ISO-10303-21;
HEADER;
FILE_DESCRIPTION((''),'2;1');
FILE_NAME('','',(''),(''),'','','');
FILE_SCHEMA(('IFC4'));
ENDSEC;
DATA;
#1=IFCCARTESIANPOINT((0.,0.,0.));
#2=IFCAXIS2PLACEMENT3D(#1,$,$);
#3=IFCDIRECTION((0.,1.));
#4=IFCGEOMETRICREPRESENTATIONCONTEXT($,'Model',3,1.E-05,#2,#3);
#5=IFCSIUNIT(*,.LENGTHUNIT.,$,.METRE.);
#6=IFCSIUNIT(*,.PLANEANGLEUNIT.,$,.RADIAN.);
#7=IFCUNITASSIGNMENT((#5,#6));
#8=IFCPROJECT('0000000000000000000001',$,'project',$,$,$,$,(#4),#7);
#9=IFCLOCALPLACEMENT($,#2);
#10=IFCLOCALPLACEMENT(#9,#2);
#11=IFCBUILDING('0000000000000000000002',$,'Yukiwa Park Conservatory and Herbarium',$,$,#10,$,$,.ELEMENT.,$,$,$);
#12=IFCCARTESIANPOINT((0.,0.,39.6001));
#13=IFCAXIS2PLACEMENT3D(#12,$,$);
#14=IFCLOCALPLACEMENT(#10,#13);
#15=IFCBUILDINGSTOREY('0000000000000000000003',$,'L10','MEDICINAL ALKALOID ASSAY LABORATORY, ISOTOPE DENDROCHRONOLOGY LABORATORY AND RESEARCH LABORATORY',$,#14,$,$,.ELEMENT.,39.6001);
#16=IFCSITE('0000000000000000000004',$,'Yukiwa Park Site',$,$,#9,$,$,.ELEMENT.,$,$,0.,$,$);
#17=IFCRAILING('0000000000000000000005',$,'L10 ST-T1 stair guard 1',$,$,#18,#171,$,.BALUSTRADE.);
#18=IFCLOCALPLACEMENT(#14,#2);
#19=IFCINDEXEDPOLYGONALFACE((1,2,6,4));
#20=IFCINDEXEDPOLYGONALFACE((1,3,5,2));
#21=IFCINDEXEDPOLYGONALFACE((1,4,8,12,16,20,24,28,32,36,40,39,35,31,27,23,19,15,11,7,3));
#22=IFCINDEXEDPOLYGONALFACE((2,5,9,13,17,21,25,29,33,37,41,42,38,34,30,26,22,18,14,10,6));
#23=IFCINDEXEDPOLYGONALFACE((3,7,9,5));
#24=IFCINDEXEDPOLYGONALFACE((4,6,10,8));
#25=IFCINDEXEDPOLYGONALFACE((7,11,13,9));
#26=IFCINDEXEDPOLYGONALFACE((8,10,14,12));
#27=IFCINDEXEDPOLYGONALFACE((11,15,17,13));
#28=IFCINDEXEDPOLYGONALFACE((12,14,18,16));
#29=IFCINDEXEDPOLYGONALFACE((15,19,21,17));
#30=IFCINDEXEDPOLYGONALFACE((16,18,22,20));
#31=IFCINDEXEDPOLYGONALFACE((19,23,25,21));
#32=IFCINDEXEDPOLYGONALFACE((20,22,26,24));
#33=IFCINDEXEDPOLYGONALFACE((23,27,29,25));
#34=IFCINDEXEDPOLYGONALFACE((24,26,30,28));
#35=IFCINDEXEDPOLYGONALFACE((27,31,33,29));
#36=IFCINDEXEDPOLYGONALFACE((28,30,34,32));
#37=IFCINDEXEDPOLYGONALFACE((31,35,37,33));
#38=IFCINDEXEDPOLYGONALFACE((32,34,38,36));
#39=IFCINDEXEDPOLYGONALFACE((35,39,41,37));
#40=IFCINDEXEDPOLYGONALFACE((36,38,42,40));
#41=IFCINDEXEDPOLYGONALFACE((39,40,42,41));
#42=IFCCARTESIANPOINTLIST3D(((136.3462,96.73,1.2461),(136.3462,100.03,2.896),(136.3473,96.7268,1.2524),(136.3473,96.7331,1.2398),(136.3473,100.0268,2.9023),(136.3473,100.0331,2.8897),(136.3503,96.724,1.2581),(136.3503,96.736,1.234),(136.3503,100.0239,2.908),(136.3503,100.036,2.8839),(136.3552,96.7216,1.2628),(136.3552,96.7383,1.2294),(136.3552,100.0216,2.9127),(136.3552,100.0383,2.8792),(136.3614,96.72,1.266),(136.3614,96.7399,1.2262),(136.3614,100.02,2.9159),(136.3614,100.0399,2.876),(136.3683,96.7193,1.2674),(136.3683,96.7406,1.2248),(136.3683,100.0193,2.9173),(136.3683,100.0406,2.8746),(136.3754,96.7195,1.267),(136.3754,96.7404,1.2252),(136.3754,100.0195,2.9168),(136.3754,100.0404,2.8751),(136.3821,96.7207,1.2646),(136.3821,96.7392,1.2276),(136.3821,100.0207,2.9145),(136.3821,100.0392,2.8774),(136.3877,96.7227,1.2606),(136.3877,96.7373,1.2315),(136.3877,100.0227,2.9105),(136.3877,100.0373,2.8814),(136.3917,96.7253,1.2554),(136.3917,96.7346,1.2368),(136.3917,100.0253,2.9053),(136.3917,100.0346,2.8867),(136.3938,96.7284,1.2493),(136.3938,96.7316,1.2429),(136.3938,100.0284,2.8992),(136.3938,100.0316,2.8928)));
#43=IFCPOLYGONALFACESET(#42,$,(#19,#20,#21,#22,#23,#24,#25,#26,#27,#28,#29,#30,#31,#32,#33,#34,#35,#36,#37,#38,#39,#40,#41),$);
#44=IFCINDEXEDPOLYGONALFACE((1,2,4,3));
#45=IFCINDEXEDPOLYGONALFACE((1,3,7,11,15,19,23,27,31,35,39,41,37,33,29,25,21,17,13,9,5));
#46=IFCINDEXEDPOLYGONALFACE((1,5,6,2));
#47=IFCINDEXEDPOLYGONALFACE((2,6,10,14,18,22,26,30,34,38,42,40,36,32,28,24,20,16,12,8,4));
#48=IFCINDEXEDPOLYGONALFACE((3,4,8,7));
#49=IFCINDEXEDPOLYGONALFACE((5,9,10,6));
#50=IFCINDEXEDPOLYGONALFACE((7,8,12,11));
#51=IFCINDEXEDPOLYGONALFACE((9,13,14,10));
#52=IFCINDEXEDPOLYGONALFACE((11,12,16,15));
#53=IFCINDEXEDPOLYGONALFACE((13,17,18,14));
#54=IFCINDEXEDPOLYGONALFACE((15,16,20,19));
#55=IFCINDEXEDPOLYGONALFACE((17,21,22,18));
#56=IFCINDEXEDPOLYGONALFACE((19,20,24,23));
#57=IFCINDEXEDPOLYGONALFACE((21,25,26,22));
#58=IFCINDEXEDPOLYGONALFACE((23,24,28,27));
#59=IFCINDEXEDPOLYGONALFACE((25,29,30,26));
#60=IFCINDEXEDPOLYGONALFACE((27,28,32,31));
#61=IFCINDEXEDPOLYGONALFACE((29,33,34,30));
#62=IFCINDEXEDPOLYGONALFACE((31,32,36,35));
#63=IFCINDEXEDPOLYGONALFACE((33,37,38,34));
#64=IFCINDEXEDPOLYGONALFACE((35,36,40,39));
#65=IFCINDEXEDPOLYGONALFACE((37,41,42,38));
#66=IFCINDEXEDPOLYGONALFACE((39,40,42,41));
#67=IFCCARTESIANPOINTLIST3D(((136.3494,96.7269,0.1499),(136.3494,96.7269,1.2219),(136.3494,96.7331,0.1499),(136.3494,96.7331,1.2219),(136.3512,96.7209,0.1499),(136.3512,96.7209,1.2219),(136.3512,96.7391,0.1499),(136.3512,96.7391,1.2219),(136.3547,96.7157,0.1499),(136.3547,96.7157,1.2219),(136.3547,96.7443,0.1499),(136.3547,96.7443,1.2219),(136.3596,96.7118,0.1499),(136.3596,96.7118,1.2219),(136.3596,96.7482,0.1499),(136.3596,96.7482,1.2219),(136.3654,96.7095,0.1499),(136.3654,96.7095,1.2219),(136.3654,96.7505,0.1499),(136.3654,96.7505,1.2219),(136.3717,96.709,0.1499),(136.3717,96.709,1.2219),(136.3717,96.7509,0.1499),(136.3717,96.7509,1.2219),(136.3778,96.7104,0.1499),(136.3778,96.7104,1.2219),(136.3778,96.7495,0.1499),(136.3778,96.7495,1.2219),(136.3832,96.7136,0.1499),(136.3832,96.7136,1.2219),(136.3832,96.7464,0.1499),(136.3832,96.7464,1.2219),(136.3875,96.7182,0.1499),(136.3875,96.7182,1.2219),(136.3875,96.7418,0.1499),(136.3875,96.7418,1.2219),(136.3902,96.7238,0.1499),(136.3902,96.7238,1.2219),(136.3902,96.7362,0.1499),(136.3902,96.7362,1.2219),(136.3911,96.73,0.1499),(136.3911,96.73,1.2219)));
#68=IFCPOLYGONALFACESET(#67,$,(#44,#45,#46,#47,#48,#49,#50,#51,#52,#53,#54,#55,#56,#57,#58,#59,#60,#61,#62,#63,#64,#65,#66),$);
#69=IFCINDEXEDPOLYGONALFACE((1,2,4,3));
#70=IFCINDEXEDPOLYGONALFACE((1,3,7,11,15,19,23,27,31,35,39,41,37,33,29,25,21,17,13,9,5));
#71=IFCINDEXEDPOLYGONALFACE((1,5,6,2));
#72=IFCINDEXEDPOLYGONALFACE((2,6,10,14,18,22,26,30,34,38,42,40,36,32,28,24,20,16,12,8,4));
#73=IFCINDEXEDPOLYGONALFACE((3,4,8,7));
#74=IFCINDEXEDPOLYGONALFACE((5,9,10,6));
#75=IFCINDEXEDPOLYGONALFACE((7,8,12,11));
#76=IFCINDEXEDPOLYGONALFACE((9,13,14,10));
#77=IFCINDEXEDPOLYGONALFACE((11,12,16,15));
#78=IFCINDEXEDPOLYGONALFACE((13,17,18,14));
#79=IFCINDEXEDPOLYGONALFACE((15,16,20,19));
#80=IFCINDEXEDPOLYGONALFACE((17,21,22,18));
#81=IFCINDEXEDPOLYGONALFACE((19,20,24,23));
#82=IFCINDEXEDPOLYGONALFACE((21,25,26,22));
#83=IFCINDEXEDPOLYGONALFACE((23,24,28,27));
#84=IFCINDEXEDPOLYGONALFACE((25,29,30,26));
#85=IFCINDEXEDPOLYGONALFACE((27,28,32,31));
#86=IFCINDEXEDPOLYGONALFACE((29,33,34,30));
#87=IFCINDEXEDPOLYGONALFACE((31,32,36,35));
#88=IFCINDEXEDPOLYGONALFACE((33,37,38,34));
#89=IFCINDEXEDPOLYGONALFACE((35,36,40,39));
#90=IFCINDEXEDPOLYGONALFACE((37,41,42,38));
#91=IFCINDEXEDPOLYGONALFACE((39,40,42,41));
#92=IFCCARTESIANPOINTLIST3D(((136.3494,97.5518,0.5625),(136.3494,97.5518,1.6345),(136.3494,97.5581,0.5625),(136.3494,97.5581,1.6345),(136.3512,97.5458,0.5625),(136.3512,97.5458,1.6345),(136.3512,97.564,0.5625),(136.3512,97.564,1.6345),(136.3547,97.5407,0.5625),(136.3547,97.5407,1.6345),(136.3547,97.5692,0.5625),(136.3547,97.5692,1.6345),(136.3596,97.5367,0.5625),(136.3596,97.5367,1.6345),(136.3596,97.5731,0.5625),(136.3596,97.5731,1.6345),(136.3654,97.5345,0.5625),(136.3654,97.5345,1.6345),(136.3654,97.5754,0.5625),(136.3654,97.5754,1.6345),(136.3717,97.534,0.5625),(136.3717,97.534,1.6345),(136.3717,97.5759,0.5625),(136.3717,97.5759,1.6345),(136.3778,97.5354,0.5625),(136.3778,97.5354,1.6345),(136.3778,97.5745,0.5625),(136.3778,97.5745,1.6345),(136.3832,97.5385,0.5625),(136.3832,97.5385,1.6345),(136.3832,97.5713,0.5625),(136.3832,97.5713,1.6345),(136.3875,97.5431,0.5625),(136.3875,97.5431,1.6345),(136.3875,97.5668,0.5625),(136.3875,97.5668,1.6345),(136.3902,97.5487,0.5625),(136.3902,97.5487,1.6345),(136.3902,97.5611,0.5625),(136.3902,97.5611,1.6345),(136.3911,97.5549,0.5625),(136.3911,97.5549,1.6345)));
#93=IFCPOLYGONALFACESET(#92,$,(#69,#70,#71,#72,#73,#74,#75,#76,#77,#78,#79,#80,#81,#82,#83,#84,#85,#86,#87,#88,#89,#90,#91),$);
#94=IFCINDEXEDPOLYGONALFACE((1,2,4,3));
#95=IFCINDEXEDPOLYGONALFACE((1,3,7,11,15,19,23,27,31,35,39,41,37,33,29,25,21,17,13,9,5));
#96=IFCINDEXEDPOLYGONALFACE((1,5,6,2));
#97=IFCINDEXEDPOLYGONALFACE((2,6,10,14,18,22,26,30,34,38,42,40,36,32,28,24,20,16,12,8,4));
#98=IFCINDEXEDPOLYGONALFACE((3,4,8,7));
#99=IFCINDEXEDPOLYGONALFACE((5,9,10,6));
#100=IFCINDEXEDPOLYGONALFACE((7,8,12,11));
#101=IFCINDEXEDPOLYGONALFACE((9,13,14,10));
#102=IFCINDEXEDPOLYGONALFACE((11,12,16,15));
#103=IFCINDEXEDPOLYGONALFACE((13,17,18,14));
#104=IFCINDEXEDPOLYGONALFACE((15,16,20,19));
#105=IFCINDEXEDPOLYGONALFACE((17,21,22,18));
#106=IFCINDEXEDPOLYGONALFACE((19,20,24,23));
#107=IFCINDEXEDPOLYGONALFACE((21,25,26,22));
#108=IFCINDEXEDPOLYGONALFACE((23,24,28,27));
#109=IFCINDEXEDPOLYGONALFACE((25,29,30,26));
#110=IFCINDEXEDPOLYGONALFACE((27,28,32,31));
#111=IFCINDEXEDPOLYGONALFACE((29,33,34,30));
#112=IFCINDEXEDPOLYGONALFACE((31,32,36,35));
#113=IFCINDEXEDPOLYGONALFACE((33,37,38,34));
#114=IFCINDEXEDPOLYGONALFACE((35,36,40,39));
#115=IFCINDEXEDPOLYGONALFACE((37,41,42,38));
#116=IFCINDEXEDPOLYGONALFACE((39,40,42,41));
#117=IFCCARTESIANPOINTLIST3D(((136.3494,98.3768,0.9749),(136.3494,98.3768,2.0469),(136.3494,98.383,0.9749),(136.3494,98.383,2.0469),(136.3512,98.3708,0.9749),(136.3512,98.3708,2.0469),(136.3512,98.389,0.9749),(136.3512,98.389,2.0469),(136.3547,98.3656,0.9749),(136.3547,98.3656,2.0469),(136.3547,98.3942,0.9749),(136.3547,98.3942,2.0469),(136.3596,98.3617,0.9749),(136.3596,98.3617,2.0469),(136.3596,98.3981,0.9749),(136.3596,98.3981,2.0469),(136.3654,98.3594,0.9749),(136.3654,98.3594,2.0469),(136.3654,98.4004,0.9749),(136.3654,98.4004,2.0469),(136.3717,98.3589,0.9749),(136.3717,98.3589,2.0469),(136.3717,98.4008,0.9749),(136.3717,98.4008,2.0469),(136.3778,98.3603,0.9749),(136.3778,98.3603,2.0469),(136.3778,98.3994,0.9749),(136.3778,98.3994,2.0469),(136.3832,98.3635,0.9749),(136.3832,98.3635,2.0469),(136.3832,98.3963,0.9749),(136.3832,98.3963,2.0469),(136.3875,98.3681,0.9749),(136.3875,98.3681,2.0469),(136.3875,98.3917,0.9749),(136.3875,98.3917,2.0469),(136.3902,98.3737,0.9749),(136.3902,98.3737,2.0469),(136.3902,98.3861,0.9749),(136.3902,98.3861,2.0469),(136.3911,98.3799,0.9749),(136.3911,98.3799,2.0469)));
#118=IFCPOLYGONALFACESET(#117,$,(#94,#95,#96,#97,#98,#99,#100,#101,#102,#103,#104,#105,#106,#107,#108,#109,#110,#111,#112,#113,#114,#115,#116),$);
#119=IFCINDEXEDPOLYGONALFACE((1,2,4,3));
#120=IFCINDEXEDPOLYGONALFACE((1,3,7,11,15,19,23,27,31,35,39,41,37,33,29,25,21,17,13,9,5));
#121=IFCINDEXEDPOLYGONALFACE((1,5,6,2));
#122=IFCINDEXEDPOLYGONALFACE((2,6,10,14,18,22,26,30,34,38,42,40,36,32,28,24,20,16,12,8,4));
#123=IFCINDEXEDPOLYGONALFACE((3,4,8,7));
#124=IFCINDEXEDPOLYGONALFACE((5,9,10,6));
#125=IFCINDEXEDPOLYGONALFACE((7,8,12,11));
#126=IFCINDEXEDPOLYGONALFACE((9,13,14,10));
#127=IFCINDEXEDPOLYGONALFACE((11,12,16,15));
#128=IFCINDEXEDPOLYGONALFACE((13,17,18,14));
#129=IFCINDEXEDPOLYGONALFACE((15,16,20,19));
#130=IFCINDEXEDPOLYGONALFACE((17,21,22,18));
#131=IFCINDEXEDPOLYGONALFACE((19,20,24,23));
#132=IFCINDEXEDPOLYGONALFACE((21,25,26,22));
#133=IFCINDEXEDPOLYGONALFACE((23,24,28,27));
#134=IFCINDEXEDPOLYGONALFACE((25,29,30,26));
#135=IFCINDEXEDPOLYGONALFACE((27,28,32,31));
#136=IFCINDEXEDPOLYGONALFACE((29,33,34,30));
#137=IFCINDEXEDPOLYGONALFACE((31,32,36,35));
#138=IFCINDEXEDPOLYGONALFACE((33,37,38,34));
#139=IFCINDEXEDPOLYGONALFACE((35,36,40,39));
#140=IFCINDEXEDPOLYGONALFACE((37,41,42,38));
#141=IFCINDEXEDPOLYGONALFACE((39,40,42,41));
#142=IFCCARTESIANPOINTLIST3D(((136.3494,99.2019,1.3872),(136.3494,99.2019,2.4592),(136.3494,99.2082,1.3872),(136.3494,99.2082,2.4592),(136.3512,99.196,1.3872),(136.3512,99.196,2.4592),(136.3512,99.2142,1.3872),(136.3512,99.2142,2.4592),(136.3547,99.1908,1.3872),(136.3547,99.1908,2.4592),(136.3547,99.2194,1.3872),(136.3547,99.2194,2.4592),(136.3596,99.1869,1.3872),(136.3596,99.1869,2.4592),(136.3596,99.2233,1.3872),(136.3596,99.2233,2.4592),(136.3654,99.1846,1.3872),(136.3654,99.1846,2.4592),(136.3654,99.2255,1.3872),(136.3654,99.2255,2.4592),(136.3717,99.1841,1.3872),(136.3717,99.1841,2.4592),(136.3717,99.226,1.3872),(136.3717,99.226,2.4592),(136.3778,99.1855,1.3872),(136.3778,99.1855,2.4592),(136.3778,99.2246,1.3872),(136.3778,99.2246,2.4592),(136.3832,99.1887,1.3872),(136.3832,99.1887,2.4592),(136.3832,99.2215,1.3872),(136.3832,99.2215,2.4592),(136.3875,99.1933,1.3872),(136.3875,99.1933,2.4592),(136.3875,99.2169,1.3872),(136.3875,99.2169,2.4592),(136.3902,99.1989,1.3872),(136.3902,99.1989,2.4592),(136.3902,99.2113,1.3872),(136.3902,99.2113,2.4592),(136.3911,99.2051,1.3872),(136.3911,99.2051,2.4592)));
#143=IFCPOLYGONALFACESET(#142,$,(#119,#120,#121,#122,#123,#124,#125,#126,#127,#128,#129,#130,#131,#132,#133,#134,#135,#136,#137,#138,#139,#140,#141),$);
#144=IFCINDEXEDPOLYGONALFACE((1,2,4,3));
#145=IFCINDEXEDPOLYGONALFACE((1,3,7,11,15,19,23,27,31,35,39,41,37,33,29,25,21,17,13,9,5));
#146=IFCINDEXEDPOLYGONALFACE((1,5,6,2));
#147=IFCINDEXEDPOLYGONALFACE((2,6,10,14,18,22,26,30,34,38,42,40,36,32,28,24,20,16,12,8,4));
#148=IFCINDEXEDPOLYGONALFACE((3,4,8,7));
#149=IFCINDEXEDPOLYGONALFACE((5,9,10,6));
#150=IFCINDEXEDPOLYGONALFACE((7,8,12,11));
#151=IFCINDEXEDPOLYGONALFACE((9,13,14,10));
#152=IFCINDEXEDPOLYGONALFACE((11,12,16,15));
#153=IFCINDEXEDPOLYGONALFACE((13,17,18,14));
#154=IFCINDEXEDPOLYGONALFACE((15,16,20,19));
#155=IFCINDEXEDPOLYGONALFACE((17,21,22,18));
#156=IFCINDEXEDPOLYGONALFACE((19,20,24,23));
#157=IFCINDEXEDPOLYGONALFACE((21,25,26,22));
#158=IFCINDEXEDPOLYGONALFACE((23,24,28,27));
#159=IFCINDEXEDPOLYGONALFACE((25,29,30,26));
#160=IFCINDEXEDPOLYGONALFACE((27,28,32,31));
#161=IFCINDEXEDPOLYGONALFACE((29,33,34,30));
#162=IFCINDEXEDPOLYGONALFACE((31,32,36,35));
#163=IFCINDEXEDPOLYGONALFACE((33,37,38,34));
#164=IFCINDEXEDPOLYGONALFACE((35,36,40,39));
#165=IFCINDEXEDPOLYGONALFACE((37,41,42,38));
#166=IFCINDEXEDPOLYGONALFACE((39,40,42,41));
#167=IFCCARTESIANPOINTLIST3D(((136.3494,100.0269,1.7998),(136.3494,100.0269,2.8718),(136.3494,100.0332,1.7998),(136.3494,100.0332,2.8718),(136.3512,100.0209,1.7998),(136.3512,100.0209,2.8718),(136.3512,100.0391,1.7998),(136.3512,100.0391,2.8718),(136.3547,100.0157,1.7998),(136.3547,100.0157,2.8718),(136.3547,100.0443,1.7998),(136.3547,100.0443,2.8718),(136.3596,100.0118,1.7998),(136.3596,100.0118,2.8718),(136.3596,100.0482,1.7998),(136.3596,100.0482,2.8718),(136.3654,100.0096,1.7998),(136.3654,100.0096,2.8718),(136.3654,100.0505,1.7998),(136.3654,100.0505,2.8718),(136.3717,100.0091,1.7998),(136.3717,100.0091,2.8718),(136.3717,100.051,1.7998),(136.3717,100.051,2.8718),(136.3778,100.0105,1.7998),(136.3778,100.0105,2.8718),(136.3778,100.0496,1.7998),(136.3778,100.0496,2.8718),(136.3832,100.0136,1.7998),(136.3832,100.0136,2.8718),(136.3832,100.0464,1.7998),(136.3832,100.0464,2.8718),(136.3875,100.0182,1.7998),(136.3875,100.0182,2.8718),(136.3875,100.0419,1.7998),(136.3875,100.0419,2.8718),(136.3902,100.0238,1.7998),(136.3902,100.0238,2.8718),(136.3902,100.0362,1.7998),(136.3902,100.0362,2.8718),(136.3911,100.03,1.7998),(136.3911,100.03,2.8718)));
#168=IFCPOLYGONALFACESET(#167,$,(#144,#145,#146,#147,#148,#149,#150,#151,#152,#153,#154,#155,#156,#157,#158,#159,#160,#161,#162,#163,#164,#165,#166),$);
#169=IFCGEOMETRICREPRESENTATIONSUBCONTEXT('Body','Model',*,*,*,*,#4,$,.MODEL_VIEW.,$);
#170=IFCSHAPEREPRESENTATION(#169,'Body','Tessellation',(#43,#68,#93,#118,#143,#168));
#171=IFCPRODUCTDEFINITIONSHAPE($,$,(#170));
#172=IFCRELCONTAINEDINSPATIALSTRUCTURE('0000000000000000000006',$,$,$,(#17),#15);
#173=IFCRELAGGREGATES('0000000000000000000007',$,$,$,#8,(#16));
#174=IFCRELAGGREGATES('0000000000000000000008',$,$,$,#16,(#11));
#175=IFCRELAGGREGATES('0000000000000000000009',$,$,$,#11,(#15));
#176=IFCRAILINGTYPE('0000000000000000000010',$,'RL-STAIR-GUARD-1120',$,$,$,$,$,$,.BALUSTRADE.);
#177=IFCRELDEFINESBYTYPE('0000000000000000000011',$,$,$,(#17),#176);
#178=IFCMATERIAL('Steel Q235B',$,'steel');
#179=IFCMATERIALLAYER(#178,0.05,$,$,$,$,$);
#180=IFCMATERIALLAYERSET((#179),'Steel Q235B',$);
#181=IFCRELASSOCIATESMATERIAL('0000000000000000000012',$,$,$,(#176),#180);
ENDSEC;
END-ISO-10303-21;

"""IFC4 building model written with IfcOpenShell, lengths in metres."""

from ifc_helpers import new_model, si_unit, direction, frame, origin, origin_2d, place, context, subcontext, project, spatial, circle, extrude, material, layer, layer_set, type_object, element, save


model = new_model("IFC4")

# Units and contexts
model_context = context("Model", 3, precision=1e-05, world=origin(), true_north=direction((0.0, 1.0)))
body_context = subcontext(model_context, "Body", "Model", "MODEL_VIEW")
ifc_project = project(units=[si_unit("LENGTHUNIT", "METRE"), si_unit("PLANEANGLEUNIT", "RADIAN")], contexts=[model_context])

# Site, building, storey
site_placement = place(None, origin())
site = spatial("IfcSite", under=ifc_project, at=site_placement, Name="Yukiwa Park Site", CompositionType="ELEMENT", RefElevation=0.0)
building_placement = place(site_placement, origin())
building = spatial("IfcBuilding", under=site, at=building_placement, Name="Yukiwa Park Conservatory and Herbarium", CompositionType="ELEMENT")
storey_placement = place(building_placement, frame((0.0, 0.0, 39.6001)))
storey = spatial("IfcBuildingStorey", under=building, at=storey_placement, Name="L10", Description="MEDICINAL ALKALOID ASSAY LABORATORY, ISOTOPE DENDROCHRONOLOGY LABORATORY AND RESEARCH LABORATORY", CompositionType="ELEMENT", Elevation=39.6001)

# Railing
ifc_material_1 = material(Name="Steel Q235B", Category="steel")
ifc_layer_1 = layer(ifc_material_1, 0.05)
ifc_layer_set_1 = layer_set([ifc_layer_1], Name="Steel Q235B")
railing_type_1 = type_object("IfcRailingType", Name="RL-STAIR-GUARD-1120", PredefinedType="BALUSTRADE", material=ifc_layer_set_1)
railing_1_placement = place(storey_placement, frame((136.3701, 96.73, 0.1499)))
element("IfcRailing", 1, at=railing_1_placement, inside=storey, type_object=railing_type_1, Name="L10 ST-T1 stair guard 1", PredefinedType="BALUSTRADE", context=body_context, shape_type="SweptSolid", body=[
    extrude(circle(Radius=0.0239, at=origin_2d()), frame((0.0, 0.0, 1.0962), z_axis=(0.0, 0.89444, 0.447187), x_axis=(-1.0, 0.0, 0.0)), (0.0, 0.0, 1.0), 3.6895),
    extrude(circle(Radius=0.021, at=origin_2d()), origin(), (0.0, 0.0, 1.0), 1.072),
    extrude(circle(Radius=0.021, at=origin_2d()), frame((0.0, 0.825, 0.4126)), (0.0, 0.0, 1.0), 1.072),
    extrude(circle(Radius=0.021, at=origin_2d()), frame((0.0, 1.6499, 0.825)), (0.0, 0.0, 1.0), 1.072),
    extrude(circle(Radius=0.021, at=origin_2d()), frame((0.0, 2.4751, 1.2373)), (0.0, 0.0, 1.0), 1.072),
    extrude(circle(Radius=0.021, at=origin_2d()), frame((0.0, 3.3, 1.6499)), (0.0, 0.0, 1.0), 1.072),
])

save(model, "model.ifc")
